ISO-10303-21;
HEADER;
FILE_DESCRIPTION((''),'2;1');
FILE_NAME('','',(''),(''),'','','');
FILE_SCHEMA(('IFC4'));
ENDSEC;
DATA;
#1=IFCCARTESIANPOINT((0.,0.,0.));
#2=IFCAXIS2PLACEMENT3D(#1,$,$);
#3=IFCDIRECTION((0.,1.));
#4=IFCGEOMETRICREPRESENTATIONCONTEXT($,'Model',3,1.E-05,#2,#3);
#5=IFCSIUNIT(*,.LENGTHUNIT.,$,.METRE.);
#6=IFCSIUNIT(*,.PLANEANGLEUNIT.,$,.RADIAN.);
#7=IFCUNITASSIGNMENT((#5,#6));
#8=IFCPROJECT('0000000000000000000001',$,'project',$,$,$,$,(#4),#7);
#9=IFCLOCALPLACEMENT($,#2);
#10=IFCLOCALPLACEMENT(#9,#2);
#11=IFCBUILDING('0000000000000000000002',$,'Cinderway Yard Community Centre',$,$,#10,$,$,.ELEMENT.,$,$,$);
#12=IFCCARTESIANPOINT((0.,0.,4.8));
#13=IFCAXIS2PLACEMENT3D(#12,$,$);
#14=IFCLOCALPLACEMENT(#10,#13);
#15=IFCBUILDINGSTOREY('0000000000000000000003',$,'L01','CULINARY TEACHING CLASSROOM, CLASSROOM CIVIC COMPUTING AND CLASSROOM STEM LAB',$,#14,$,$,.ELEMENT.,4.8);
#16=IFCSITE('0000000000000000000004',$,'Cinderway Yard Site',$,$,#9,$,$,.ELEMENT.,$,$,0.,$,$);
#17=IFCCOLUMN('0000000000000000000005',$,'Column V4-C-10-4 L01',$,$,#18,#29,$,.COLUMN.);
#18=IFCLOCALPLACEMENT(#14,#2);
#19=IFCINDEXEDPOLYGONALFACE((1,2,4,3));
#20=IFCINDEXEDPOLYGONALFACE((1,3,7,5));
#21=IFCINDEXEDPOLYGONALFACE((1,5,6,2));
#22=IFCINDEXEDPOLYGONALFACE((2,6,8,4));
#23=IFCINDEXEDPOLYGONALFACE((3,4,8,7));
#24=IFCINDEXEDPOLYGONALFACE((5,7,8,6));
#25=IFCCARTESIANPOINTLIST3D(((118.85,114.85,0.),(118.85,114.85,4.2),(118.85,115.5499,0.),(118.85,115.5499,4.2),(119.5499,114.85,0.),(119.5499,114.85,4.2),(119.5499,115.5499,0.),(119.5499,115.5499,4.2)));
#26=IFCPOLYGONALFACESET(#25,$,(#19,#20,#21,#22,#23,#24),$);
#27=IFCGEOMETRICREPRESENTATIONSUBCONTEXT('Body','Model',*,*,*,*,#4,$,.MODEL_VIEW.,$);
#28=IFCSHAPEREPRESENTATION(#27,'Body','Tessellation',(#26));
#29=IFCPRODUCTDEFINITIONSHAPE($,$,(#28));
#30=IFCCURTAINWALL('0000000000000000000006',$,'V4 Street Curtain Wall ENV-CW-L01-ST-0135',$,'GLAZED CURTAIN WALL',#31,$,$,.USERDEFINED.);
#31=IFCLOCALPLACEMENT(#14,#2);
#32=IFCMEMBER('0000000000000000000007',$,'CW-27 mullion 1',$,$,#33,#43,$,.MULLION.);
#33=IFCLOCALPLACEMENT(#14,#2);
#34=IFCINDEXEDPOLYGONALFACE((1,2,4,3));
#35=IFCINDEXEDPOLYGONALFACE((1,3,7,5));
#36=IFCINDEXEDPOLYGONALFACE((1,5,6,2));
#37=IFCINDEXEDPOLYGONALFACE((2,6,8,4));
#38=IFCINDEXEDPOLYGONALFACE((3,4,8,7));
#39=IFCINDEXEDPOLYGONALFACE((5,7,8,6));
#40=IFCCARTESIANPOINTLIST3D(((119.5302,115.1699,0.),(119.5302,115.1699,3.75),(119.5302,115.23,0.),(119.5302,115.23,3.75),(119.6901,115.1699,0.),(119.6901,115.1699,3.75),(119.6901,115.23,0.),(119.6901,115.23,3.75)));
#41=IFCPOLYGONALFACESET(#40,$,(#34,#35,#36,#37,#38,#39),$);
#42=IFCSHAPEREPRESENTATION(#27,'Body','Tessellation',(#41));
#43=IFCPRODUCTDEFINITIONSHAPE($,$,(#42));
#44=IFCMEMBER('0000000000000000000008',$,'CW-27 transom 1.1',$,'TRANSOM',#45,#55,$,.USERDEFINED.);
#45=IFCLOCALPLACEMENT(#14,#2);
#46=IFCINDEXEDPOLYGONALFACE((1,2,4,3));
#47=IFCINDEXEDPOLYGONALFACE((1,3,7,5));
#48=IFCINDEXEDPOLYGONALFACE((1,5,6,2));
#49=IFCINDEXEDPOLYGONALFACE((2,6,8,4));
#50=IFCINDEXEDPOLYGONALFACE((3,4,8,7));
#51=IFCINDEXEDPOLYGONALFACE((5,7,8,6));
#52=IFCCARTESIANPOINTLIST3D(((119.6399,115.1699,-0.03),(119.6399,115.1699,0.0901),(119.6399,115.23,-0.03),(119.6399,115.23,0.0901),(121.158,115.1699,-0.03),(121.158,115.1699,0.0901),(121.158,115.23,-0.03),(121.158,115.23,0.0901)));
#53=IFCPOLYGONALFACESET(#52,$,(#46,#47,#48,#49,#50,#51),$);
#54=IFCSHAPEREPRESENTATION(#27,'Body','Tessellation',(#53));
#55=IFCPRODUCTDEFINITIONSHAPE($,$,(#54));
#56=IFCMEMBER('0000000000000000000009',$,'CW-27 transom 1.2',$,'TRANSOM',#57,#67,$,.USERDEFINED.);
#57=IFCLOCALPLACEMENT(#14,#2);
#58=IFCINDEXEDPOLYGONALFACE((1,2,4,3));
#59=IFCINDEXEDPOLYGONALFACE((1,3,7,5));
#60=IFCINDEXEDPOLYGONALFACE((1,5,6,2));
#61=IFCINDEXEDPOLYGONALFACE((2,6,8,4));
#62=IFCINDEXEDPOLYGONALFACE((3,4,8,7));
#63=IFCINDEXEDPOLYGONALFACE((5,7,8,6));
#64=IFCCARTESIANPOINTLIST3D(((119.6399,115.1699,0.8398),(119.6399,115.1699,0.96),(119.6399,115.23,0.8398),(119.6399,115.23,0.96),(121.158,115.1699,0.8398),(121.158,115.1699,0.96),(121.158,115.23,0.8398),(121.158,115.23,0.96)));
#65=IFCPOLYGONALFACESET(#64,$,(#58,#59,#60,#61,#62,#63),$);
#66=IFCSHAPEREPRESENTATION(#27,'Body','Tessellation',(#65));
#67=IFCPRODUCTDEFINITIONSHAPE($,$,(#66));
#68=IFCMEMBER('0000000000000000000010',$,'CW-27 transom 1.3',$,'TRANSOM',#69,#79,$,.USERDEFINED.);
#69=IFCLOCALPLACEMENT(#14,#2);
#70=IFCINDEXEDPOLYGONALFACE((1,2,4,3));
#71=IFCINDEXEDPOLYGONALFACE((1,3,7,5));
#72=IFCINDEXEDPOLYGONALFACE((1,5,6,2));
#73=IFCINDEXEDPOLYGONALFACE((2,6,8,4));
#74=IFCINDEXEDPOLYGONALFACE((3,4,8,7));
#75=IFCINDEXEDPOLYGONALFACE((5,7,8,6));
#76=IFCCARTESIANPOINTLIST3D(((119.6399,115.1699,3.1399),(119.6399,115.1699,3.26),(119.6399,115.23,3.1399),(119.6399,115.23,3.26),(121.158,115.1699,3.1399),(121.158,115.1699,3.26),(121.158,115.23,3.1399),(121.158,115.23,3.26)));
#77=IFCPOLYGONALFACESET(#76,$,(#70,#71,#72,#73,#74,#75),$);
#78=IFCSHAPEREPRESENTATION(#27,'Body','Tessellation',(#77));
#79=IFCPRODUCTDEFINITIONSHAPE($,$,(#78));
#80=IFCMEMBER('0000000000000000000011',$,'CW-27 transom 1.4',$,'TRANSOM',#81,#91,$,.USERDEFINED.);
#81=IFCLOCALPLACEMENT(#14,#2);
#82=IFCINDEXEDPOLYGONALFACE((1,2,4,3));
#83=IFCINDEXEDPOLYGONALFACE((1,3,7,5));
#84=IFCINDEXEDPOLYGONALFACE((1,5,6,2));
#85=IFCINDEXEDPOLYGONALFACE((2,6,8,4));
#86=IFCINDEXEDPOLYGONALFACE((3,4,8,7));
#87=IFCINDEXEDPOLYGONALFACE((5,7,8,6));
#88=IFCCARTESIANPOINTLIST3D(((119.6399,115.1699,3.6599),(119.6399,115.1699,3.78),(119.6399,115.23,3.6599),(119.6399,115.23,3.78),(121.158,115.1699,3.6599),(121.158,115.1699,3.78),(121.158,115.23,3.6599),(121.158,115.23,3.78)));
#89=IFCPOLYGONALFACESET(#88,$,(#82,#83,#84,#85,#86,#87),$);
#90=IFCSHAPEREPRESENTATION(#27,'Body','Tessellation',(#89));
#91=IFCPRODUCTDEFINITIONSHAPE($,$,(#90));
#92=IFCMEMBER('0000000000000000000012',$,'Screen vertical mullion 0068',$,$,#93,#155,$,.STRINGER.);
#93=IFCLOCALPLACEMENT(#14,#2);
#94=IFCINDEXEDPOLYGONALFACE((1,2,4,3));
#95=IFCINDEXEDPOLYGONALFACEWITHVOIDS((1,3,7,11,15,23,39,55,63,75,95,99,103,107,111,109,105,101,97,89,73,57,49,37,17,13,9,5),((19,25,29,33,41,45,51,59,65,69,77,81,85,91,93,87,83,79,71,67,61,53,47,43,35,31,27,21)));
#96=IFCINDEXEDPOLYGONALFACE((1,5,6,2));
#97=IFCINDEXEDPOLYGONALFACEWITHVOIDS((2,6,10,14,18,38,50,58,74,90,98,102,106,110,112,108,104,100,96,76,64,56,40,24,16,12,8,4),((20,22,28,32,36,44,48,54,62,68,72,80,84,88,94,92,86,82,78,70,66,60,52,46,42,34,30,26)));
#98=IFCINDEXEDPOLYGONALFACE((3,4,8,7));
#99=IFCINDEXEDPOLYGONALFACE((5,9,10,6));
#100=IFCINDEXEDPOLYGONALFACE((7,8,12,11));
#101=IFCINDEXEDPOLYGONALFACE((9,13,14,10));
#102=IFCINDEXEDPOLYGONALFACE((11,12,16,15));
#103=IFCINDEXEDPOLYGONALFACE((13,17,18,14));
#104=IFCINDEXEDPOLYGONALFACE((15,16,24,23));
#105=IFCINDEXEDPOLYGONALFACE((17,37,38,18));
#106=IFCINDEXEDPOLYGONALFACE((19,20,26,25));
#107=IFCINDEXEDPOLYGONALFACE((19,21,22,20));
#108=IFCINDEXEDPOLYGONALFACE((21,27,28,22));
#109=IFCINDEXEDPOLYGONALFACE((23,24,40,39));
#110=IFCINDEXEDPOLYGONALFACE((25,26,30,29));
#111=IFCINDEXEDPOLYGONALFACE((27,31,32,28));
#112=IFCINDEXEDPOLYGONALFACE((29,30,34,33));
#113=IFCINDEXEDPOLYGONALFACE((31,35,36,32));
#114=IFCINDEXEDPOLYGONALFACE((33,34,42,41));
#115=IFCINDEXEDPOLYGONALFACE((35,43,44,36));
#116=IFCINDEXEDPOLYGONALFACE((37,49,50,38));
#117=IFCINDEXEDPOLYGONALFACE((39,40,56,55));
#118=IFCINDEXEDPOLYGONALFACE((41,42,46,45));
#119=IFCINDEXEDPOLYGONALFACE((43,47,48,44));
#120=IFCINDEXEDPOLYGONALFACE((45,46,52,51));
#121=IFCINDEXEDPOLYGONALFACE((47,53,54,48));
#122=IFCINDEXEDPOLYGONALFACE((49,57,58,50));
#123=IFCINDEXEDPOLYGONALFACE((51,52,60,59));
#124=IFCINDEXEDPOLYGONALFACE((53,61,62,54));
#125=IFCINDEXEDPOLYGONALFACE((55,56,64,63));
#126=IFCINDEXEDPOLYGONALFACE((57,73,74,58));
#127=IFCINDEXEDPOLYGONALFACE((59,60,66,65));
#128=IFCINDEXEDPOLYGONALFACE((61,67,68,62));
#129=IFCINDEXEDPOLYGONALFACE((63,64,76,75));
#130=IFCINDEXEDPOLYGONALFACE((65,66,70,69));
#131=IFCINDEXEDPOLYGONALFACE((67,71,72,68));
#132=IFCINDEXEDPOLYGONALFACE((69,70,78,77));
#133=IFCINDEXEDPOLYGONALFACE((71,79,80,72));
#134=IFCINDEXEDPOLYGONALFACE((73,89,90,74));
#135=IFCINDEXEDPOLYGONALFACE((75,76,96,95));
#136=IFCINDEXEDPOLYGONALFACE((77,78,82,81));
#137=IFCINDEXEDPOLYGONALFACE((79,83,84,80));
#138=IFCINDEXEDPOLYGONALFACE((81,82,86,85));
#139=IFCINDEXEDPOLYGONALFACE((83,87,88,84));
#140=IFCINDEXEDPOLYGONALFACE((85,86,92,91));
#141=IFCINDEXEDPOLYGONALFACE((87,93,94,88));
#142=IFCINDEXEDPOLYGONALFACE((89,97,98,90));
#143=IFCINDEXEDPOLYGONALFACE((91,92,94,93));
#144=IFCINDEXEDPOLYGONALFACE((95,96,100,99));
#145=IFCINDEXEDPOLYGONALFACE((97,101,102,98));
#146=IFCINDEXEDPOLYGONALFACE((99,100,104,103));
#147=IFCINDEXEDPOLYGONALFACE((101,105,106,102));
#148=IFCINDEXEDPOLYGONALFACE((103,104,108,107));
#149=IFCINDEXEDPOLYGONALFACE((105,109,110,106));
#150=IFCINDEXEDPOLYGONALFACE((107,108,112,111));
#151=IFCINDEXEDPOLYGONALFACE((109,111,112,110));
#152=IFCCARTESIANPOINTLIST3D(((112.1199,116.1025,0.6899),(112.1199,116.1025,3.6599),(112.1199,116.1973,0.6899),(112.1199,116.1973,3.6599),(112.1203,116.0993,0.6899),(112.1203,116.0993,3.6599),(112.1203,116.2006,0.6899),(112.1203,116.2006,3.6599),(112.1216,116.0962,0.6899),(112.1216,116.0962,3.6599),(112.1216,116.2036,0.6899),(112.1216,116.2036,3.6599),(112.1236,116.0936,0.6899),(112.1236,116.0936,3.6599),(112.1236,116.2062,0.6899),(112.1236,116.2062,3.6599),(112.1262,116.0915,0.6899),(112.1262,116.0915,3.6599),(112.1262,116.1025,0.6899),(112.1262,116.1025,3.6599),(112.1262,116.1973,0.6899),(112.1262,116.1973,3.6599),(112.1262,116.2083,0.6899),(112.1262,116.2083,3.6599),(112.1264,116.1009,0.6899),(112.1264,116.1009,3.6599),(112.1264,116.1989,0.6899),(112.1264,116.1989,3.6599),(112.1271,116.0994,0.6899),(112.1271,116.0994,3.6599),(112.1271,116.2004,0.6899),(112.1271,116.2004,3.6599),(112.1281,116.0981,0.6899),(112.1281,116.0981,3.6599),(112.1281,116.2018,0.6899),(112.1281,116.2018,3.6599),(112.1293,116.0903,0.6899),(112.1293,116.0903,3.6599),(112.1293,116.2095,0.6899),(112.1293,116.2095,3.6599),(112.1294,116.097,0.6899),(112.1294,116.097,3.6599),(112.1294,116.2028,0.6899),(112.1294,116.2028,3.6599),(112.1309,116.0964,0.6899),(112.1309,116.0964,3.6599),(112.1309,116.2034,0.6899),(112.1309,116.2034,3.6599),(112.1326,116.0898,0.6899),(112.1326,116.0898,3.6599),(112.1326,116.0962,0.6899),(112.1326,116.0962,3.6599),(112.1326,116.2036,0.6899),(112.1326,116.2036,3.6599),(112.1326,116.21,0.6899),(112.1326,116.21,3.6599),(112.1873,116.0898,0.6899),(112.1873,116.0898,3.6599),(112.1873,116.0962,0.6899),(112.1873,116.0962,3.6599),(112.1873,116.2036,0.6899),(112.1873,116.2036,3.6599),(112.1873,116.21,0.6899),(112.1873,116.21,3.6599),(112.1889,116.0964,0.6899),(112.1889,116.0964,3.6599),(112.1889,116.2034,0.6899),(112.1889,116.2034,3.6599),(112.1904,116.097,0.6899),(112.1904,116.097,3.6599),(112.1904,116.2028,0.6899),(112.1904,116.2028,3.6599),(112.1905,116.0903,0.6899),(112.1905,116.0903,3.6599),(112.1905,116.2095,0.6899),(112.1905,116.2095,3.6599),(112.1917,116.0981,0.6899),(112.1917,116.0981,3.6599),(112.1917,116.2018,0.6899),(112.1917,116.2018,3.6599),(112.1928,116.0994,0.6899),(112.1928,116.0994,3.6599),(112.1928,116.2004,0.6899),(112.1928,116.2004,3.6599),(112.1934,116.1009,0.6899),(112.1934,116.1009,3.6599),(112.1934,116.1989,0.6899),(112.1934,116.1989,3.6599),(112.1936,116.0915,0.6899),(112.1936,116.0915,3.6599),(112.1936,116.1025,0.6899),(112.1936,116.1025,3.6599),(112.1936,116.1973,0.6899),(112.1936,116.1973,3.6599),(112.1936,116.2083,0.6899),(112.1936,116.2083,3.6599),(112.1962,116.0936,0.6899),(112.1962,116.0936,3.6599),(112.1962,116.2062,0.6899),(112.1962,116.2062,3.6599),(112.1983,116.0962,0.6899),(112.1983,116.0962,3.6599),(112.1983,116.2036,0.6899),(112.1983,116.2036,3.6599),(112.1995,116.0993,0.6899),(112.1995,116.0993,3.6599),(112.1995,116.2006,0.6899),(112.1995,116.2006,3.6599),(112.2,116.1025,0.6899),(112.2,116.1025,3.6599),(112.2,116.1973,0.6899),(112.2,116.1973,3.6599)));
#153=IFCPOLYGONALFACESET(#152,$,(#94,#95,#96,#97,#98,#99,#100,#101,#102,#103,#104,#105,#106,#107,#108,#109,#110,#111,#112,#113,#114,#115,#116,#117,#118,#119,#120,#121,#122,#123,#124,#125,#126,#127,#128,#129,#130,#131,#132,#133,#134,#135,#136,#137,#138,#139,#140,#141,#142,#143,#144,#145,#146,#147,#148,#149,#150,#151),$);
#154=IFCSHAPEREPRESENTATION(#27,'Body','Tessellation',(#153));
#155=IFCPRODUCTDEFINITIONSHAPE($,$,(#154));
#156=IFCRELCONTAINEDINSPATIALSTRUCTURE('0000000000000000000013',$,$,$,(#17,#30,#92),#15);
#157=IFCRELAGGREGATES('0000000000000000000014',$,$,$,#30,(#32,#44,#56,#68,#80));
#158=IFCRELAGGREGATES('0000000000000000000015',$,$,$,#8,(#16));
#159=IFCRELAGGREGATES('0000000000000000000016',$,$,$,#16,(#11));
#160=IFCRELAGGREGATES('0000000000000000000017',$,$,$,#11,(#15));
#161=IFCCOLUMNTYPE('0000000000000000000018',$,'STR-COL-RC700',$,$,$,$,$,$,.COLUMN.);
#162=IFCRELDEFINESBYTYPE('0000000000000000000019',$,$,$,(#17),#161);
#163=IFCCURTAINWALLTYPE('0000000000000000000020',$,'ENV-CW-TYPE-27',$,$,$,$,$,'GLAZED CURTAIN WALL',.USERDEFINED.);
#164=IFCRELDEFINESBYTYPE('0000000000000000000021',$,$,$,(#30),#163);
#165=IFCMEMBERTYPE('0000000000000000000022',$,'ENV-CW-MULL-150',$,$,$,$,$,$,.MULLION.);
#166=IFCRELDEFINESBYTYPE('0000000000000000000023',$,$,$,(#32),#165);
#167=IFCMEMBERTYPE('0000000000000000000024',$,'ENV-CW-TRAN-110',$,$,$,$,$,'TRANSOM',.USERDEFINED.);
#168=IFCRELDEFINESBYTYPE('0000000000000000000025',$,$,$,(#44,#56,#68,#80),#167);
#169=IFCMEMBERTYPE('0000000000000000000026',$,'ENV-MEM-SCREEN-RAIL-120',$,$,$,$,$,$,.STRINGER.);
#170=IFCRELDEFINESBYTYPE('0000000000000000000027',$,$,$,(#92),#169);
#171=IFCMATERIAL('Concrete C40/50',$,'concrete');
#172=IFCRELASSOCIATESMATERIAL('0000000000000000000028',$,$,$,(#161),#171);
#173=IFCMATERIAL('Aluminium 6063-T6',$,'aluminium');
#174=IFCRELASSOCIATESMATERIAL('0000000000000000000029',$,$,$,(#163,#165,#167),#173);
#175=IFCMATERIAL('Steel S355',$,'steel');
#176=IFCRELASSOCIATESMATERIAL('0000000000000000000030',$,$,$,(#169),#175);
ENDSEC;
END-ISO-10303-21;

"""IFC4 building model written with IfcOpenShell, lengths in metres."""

from ifc_helpers import new_model, si_unit, direction, frame, origin, origin_2d, place, context, subcontext, project, spatial, rectangle, hollow_rectangle, extrude, material, material_profile, profile_set, type_object, element, aggregate, save


model = new_model("IFC4")

# Units and contexts
model_context = context("Model", 3, precision=1e-05, world=origin(), true_north=direction((0.0, 1.0)))
body_context = subcontext(model_context, "Body", "Model", "MODEL_VIEW")
ifc_project = project(units=[si_unit("LENGTHUNIT", "METRE"), si_unit("PLANEANGLEUNIT", "RADIAN")], contexts=[model_context])

# Site, building, storey
site_placement = place(None, origin())
site = spatial("IfcSite", under=ifc_project, at=site_placement, Name="Cinderway Yard Site", CompositionType="ELEMENT", RefElevation=0.0)
building_placement = place(site_placement, origin())
building = spatial("IfcBuilding", under=site, at=building_placement, Name="Cinderway Yard Community Centre", CompositionType="ELEMENT")
storey_placement = place(building_placement, frame((0.0, 0.0, 4.8)))
storey = spatial("IfcBuildingStorey", under=building, at=storey_placement, Name="L01", Description="CULINARY TEACHING CLASSROOM, CLASSROOM CIVIC COMPUTING AND CLASSROOM STEM LAB", CompositionType="ELEMENT", Elevation=4.8)

# Column
ifc_material_1 = material(Name="Concrete C40/50", Category="concrete")
ifc_material_profile_1 = material_profile(ifc_material_1, rectangle(XDim=0.7, YDim=0.7, at=origin_2d()), Name="Concrete C40/50")
ifc_profile_set_1 = profile_set([ifc_material_profile_1], Name="Concrete C40/50")
column_type = type_object("IfcColumnType", Name="STR-COL-RC700", PredefinedType="COLUMN", material=ifc_profile_set_1)
column_placement = place(storey_placement, frame((119.2, 115.2, 0.0), z_axis=(0.0, 0.0, 1.0), x_axis=(1.0, 0.0, 0.0)))
element("IfcColumn", 1, at=column_placement, inside=storey, type_object=column_type, Name="Column V4-C-10-4 L01", PredefinedType="COLUMN", context=body_context, shape_type="SweptSolid", body=[
    extrude(rectangle(XDim=0.7, YDim=0.7, at=origin_2d()), origin(), (0.0, 0.0, 1.0), 4.2),
])

# Curtain wall, members
ifc_material_2 = material(Name="Aluminium 6063-T6", Category="aluminium")
curtain_wall_type = type_object("IfcCurtainWallType", Name="ENV-CW-TYPE-27", ElementType="GLAZED CURTAIN WALL", PredefinedType="USERDEFINED", material=ifc_material_2)
curtain_wall_placement = place(storey_placement, origin())
curtain_wall = element("IfcCurtainWall", 2, at=curtain_wall_placement, inside=storey, type_object=curtain_wall_type, Name="V4 Street Curtain Wall ENV-CW-L01-ST-0135", ObjectType="GLAZED CURTAIN WALL", PredefinedType="USERDEFINED")
ifc_material_profile_2 = material_profile(ifc_material_2, rectangle(XDim=0.0601, YDim=0.1599, at=origin_2d()), Name="Aluminium 6063-T6")
ifc_profile_set_2 = profile_set([ifc_material_profile_2], Name="Aluminium 6063-T6")
member_type_1 = type_object("IfcMemberType", Name="ENV-CW-MULL-150", PredefinedType="MULLION", material=ifc_profile_set_2)
member_1_placement = place(storey_placement, frame((119.6101, 115.2, 0.0), z_axis=(0.0, 0.0, 1.0), x_axis=(0.0, 1.0, 0.0)))
member_1 = element("IfcMember", 3, at=member_1_placement, type_object=member_type_1, Name="CW-27 mullion 1", PredefinedType="MULLION", context=body_context, shape_type="SweptSolid", body=[
    extrude(rectangle(XDim=0.0601, YDim=0.1599, at=origin_2d()), origin(), (0.0, 0.0, 1.0), 3.75),
])
ifc_material_profile_3 = material_profile(ifc_material_2, rectangle(XDim=0.0601, YDim=0.1201, at=origin_2d()), Name="Aluminium 6063-T6")
ifc_profile_set_3 = profile_set([ifc_material_profile_3], Name="Aluminium 6063-T6")
member_type_2 = type_object("IfcMemberType", Name="ENV-CW-TRAN-110", ElementType="TRANSOM", PredefinedType="USERDEFINED", material=ifc_profile_set_3)
member_2_placement = place(storey_placement, frame((119.6399, 115.2, 0.03), z_axis=(1.0, 0.0, 0.0), x_axis=(0.0, 1.0, 0.0)))
member_2 = element("IfcMember", 4, at=member_2_placement, type_object=member_type_2, Name="CW-27 transom 1.1", ObjectType="TRANSOM", PredefinedType="USERDEFINED", context=body_context, shape_type="SweptSolid", body=[
    extrude(rectangle(XDim=0.0601, YDim=0.1201, at=origin_2d()), origin(), (0.0, 0.0, 1.0), 1.5181),
])
member_3_placement = place(storey_placement, frame((119.6399, 115.2, 0.8999), z_axis=(1.0, 0.0, 0.0), x_axis=(0.0, 1.0, 0.0)))
member_3 = element("IfcMember", 5, at=member_3_placement, type_object=member_type_2, Name="CW-27 transom 1.2", ObjectType="TRANSOM", PredefinedType="USERDEFINED", context=body_context, shape_type="SweptSolid", body=[
    extrude(rectangle(XDim=0.0601, YDim=0.1201, at=origin_2d()), origin(), (0.0, 0.0, 1.0), 1.5181),
])
member_4_placement = place(storey_placement, frame((119.6399, 115.2, 3.2), z_axis=(1.0, 0.0, 0.0), x_axis=(0.0, 1.0, 0.0)))
member_4 = element("IfcMember", 6, at=member_4_placement, type_object=member_type_2, Name="CW-27 transom 1.3", ObjectType="TRANSOM", PredefinedType="USERDEFINED", context=body_context, shape_type="SweptSolid", body=[
    extrude(rectangle(XDim=0.0601, YDim=0.1201, at=origin_2d()), origin(), (0.0, 0.0, 1.0), 1.5181),
])
member_5_placement = place(storey_placement, frame((119.6399, 115.2, 3.72), z_axis=(1.0, 0.0, 0.0), x_axis=(0.0, 1.0, 0.0)))
member_5 = element("IfcMember", 7, at=member_5_placement, type_object=member_type_2, Name="CW-27 transom 1.4", ObjectType="TRANSOM", PredefinedType="USERDEFINED", context=body_context, shape_type="SweptSolid", body=[
    extrude(rectangle(XDim=0.0601, YDim=0.1201, at=origin_2d()), origin(), (0.0, 0.0, 1.0), 1.5181),
])

# Member
ifc_material_3 = material(Name="Steel S355", Category="steel")
ifc_material_profile_4 = material_profile(ifc_material_3, hollow_rectangle(XDim=0.0801, YDim=0.1201, WallThickness=0.0063, InnerFilletRadius=0.0063, OuterFilletRadius=0.0127, at=origin_2d()), Name="Steel S355")
ifc_profile_set_4 = profile_set([ifc_material_profile_4], Name="Steel S355")
member_type_3 = type_object("IfcMemberType", Name="ENV-MEM-SCREEN-RAIL-120", PredefinedType="STRINGER", material=ifc_profile_set_4)
for number, where, z_axis, x_axis, name in (
    (8, (112.1599, 116.1499, 0.6899), (0.0, 0.0, 1.0), (1.0, 0.0, 0.0), "Screen vertical mullion 0068"),
):
    element("IfcMember", number, at=place(storey_placement, frame(where, z_axis=z_axis, x_axis=x_axis)), inside=storey, type_object=member_type_3, Name=name, PredefinedType="STRINGER", context=body_context, shape_type="SweptSolid", body=[
        extrude(hollow_rectangle(XDim=0.0801, YDim=0.1201, WallThickness=0.0063, InnerFilletRadius=0.0063, OuterFilletRadius=0.0127, at=origin_2d()), origin(), (0.0, 0.0, 1.0), 2.97),
    ])

aggregate(curtain_wall, [member_1, member_2, member_3, member_4, member_5])

save(model, "model.ifc")
